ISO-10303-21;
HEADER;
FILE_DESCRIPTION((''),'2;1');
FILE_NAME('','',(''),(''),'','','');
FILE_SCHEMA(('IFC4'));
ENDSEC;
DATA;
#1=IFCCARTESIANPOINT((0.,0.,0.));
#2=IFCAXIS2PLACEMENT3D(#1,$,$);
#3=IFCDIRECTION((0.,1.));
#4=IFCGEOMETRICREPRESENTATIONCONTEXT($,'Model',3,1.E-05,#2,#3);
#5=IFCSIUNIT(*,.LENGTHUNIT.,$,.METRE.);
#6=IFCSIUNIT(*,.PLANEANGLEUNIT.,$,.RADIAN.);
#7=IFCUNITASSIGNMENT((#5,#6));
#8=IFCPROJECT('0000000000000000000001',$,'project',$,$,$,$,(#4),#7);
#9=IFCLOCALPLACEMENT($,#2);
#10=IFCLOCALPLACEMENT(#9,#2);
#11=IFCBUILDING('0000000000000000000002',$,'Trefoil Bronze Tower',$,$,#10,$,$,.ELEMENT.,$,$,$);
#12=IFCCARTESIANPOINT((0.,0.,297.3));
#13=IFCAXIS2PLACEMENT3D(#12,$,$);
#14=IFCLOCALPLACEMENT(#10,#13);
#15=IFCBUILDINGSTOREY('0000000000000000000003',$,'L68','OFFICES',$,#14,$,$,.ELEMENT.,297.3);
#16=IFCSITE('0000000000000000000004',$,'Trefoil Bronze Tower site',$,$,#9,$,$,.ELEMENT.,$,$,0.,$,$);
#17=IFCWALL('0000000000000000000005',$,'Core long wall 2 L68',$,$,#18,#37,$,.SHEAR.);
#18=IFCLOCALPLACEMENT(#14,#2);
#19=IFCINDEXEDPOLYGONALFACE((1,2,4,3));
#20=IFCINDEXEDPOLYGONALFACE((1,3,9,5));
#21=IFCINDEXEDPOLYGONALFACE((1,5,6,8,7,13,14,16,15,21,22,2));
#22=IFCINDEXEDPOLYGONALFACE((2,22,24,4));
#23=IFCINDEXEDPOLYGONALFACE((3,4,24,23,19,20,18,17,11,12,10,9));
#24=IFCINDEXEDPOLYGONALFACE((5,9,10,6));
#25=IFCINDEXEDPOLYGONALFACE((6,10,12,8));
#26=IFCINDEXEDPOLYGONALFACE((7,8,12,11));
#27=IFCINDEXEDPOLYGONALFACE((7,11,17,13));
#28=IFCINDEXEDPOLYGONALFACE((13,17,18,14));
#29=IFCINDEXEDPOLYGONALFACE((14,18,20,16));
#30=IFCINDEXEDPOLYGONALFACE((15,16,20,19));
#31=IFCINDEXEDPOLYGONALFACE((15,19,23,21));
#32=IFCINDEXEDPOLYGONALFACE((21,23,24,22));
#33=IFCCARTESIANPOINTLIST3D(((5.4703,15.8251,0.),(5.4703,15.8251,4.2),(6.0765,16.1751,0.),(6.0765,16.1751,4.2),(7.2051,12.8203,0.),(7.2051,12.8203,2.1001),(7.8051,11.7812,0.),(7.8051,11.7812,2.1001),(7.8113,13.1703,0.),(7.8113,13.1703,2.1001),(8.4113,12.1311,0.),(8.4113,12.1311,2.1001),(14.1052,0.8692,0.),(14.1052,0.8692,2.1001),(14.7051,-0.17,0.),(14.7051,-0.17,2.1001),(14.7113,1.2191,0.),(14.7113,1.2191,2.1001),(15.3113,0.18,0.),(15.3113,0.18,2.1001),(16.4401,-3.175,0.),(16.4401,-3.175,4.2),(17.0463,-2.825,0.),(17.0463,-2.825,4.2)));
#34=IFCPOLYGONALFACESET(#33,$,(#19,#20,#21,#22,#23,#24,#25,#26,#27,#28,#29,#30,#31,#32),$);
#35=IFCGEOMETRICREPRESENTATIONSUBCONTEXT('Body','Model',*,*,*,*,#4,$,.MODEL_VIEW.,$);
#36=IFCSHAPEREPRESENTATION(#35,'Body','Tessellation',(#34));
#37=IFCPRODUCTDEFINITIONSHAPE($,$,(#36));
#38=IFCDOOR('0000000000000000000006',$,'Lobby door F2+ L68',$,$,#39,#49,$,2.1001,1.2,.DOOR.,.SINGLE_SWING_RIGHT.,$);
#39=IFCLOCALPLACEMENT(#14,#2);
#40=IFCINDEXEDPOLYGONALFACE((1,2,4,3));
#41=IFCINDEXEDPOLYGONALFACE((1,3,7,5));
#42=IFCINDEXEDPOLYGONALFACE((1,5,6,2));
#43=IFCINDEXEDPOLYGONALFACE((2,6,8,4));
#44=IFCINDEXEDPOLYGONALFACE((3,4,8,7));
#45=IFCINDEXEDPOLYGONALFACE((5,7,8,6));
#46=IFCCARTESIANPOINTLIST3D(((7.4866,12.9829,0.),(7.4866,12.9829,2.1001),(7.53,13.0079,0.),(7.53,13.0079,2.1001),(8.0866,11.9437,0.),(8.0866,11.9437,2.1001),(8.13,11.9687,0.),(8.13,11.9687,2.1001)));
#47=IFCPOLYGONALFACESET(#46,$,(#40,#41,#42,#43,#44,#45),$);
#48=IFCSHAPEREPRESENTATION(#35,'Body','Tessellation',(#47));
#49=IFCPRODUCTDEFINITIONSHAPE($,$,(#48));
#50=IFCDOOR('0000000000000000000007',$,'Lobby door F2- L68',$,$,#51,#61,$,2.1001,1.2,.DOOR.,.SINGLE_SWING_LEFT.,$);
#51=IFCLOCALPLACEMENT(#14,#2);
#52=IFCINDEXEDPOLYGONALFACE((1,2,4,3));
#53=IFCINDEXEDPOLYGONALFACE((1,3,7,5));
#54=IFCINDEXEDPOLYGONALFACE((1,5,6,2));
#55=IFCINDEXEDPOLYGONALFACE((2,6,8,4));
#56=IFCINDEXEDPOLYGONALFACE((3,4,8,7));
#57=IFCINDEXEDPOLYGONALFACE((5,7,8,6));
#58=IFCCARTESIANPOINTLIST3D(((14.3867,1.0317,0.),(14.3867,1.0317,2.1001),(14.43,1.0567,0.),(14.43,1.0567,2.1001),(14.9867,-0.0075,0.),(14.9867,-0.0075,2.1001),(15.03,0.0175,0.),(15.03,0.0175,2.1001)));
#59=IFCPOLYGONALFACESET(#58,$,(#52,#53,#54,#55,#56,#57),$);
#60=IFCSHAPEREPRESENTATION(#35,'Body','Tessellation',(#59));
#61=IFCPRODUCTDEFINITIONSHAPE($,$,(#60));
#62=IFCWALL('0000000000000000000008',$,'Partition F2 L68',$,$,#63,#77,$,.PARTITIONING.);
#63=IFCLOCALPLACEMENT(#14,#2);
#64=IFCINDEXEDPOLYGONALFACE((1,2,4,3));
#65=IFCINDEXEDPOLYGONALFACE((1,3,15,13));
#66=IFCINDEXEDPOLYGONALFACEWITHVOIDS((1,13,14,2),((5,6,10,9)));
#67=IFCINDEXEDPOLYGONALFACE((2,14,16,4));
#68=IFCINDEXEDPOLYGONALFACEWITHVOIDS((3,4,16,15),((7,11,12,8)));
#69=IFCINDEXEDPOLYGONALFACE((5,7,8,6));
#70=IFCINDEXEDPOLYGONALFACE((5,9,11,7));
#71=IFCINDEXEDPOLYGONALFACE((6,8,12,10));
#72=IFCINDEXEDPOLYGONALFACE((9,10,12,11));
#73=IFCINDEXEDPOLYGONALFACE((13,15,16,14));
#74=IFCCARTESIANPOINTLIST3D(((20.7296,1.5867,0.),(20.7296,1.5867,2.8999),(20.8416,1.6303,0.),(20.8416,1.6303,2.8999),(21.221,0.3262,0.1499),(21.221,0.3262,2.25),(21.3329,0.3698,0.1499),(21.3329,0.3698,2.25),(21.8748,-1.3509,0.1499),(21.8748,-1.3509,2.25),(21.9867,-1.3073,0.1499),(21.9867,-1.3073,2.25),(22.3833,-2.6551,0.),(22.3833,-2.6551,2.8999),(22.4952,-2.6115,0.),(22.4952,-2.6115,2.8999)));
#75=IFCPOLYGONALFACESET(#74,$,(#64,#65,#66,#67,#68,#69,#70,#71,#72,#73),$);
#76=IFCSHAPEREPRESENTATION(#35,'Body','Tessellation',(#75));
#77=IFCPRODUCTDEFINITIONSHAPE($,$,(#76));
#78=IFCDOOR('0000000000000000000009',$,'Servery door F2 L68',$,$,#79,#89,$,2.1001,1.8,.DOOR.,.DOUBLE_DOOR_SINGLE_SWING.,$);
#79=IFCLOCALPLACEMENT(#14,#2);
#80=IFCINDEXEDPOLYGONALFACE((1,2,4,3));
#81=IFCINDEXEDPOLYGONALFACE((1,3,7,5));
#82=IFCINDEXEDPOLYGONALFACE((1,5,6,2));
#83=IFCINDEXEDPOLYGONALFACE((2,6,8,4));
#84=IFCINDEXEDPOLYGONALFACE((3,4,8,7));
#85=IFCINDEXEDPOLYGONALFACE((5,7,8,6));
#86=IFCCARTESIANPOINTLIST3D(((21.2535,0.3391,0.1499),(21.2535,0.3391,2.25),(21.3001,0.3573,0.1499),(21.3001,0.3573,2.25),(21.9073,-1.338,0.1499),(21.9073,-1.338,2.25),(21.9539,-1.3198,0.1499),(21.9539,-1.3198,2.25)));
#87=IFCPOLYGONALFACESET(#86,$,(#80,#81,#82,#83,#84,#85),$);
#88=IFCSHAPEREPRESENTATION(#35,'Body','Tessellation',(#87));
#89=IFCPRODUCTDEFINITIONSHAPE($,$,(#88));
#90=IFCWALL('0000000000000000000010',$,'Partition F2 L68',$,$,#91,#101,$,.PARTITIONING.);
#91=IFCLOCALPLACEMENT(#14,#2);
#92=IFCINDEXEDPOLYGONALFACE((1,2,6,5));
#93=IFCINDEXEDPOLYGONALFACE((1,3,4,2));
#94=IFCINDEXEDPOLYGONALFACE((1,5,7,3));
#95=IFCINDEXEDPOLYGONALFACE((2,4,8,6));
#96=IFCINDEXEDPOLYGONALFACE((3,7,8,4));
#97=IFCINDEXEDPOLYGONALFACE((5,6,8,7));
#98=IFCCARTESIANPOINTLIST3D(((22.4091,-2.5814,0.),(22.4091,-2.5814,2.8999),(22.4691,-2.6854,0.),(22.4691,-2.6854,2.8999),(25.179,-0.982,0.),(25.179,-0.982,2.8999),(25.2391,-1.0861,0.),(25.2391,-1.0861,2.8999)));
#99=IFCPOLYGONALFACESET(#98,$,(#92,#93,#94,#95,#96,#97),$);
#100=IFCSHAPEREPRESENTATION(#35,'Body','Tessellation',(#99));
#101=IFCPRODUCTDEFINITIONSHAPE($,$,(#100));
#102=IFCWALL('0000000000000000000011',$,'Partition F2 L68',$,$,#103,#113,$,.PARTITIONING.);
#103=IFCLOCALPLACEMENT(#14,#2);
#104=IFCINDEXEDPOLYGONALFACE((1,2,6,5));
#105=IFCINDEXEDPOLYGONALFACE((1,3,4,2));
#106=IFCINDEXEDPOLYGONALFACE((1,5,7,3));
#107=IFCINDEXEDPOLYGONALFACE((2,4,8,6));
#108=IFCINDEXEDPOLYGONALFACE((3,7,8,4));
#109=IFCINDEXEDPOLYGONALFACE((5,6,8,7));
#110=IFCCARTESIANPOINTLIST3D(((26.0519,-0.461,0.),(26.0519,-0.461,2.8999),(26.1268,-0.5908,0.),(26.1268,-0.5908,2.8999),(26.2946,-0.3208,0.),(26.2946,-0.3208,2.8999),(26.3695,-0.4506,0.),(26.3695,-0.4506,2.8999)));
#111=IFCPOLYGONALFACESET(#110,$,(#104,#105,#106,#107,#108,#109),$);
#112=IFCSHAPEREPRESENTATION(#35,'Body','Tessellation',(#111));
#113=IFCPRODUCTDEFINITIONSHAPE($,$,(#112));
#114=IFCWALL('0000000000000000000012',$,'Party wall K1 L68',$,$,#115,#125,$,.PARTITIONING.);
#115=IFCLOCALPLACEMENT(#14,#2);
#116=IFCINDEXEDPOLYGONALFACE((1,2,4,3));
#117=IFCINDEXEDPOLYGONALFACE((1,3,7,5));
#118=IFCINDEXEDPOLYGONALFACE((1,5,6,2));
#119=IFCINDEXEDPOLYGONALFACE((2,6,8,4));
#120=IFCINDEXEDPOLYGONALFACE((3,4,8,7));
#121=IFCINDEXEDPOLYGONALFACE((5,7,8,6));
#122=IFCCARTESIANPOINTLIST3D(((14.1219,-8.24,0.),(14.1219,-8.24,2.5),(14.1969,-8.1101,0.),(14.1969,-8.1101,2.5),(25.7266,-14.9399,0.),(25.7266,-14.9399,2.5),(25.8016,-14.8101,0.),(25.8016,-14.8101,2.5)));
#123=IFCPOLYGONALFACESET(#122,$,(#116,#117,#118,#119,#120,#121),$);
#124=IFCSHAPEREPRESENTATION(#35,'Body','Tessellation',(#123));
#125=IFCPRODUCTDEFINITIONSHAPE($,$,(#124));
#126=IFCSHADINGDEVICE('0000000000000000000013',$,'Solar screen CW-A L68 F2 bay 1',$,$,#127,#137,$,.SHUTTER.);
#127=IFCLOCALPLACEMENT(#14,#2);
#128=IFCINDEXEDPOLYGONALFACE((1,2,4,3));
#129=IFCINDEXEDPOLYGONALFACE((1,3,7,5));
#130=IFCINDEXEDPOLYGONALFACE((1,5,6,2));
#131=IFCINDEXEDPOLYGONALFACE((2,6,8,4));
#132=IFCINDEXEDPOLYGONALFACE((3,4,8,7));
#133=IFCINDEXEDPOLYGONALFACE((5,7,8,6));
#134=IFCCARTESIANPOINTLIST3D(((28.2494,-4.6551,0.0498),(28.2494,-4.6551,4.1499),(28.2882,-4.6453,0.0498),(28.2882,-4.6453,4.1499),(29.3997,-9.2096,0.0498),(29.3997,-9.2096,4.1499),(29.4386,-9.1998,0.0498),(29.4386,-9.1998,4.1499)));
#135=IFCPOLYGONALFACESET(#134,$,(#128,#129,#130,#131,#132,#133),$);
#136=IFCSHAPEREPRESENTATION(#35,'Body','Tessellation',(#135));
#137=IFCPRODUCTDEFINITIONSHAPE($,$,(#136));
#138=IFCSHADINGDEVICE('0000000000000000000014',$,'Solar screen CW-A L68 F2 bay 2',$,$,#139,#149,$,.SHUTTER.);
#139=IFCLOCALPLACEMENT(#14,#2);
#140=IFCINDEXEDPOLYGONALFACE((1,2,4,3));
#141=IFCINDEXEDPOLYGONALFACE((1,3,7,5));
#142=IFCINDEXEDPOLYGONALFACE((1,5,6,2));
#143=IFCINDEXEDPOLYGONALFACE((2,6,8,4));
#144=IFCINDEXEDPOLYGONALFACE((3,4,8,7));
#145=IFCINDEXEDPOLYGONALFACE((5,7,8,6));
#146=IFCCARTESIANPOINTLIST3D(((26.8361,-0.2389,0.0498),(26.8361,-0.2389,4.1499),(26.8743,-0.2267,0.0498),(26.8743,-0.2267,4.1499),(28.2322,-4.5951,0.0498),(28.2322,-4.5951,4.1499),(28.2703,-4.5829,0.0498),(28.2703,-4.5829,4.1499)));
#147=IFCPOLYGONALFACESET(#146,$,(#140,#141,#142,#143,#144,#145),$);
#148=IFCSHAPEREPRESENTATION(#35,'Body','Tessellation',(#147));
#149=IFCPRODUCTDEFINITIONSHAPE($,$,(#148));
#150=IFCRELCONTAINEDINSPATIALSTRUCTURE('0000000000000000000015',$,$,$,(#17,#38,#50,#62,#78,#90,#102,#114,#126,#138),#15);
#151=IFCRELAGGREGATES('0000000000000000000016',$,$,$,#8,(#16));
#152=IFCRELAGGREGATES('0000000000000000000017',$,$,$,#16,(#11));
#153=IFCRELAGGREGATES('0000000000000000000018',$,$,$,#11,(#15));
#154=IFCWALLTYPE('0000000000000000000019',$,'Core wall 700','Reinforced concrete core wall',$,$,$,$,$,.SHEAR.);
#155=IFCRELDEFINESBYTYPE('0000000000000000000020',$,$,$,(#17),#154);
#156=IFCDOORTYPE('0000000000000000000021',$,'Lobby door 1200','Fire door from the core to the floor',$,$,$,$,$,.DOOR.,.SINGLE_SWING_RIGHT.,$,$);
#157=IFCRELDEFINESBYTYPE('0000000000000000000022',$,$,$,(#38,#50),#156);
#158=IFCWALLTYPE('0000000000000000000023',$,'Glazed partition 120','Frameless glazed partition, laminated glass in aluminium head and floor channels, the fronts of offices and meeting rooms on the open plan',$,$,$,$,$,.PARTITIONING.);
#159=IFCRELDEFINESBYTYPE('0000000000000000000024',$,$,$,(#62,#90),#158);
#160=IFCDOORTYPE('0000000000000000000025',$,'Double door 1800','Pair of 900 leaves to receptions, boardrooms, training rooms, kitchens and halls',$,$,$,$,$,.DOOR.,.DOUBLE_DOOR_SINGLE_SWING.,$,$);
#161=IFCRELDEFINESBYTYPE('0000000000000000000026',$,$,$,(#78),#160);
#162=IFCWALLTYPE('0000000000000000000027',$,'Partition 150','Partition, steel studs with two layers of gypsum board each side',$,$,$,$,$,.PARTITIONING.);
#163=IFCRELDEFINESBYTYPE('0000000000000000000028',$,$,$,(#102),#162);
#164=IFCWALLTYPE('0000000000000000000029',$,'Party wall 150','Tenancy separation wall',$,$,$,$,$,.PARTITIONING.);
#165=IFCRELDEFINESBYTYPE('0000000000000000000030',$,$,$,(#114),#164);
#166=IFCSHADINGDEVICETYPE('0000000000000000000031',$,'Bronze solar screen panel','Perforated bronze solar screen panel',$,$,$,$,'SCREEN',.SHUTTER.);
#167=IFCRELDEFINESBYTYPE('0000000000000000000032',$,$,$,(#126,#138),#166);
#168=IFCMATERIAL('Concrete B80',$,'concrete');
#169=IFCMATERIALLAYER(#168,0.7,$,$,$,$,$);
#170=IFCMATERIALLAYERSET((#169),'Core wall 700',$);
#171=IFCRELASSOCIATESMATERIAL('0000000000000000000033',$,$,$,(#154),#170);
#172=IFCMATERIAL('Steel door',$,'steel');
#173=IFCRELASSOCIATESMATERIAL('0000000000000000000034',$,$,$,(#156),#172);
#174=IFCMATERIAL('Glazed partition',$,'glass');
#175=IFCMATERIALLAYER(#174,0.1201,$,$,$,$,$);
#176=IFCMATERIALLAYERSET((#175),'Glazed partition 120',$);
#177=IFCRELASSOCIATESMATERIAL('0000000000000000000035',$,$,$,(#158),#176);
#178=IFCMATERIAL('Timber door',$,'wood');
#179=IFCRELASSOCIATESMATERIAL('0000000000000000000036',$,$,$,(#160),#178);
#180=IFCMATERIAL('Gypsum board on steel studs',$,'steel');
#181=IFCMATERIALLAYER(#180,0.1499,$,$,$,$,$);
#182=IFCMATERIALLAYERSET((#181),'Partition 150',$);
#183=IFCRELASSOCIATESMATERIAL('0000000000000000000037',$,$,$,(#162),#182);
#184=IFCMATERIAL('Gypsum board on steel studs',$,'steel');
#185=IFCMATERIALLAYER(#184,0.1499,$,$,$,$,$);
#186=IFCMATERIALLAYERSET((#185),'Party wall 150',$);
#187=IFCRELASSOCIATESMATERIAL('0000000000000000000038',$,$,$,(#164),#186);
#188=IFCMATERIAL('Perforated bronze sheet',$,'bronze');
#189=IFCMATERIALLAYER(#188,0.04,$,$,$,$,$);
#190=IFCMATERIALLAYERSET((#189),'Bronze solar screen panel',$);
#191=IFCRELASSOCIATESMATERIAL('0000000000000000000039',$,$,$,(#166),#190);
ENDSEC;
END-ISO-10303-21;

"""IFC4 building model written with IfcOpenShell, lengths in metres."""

from ifc_helpers import new_model, si_unit, direction, frame, frame_2d, origin, origin_2d, place, context, subcontext, project, spatial, rectangle, extrude, material, layer, layer_set, type_object, element, fill, save


model = new_model("IFC4")

# Units and contexts
model_context = context("Model", 3, precision=1e-05, world=origin(), true_north=direction((0.0, 1.0)))
body_context = subcontext(model_context, "Body", "Model", "MODEL_VIEW")
ifc_project = project(units=[si_unit("LENGTHUNIT", "METRE"), si_unit("PLANEANGLEUNIT", "RADIAN")], contexts=[model_context])

# Site, building, storey
site_placement = place(None, origin())
site = spatial("IfcSite", under=ifc_project, at=site_placement, Name="Trefoil Bronze Tower site", CompositionType="ELEMENT", RefElevation=0.0)
building_placement = place(site_placement, origin())
building = spatial("IfcBuilding", under=site, at=building_placement, Name="Trefoil Bronze Tower", CompositionType="ELEMENT")
storey_placement = place(building_placement, frame((0.0, 0.0, 297.3)))
storey = spatial("IfcBuildingStorey", under=building, at=storey_placement, Name="L68", Description="OFFICES", CompositionType="ELEMENT", Elevation=297.3)

# Wall, openings, doors
ifc_material_1 = material(Name="Concrete B80", Category="concrete")
ifc_layer_1 = layer(ifc_material_1, 0.7)
ifc_layer_set_1 = layer_set([ifc_layer_1], Name="Core wall 700")
wall_type_1 = type_object("IfcWallType", Name="Core wall 700", Description="Reinforced concrete core wall", PredefinedType="SHEAR", material=ifc_layer_set_1)
wall_1_placement = place(storey_placement, frame((16.7432, -3.0, 0.0), z_axis=(0.0, 0.0, 1.0), x_axis=(-0.500002, 0.866024, 0.0)))
wall_1 = element("IfcWall", 1, at=wall_1_placement, inside=storey, type_object=wall_type_1, Name="Core long wall 2 L68", PredefinedType="SHEAR", context=body_context, shape_type="SweptSolid", body=[
    extrude(rectangle(XDim=21.9395, YDim=0.7, at=frame_2d((10.9697, 0.0))), origin(), (0.0, 0.0, 1.0), 4.2),
])
opening_1_placement = place(wall_1_placement, frame((17.2698, 0.0, 0.0)))
opening_1 = element("IfcOpeningElement", 2, at=opening_1_placement, cuts=wall_1, PredefinedType="OPENING", context=body_context, shape_type="SweptSolid", body=[
    extrude(rectangle(XDim=1.2, YDim=2.1001, at=frame_2d((0.6001, 1.05))), frame((0.0, 0.3599, 0.0), z_axis=(0.0, -1.0, 0.0), x_axis=(1.0, 0.0, 0.0)), (0.0, 0.0, 1.0), 0.72),
])
opening_2_placement = place(wall_1_placement, frame((3.4697, 0.0, 0.0)))
opening_2 = element("IfcOpeningElement", 3, at=opening_2_placement, cuts=wall_1, PredefinedType="OPENING", context=body_context, shape_type="SweptSolid", body=[
    extrude(rectangle(XDim=1.2, YDim=2.1001, at=frame_2d((0.6001, 1.05))), frame((0.0, 0.3599, 0.0), z_axis=(0.0, -1.0, 0.0), x_axis=(1.0, 0.0, 0.0)), (0.0, 0.0, 1.0), 0.72),
])
ifc_material_2 = material(Name="Steel door", Category="steel")
door_type_1 = type_object("IfcDoorType", Name="Lobby door 1200", Description="Fire door from the core to the floor", OperationType="SINGLE_SWING_RIGHT", PredefinedType="DOOR", material=ifc_material_2)
door_1_placement = place(opening_1_placement, origin())
door_1 = element("IfcDoor", 4, at=door_1_placement, inside=storey, type_object=door_type_1, Name="Lobby door F2+ L68", OperationType="SINGLE_SWING_RIGHT", OverallHeight=2.1001, OverallWidth=1.2, PredefinedType="DOOR", context=body_context, shape_type="SweptSolid", body=[
    extrude(rectangle(XDim=1.2, YDim=2.1001, at=frame_2d((0.6001, 1.05))), frame((0.0, 0.0249, 0.0), z_axis=(0.0, -1.0, 0.0), x_axis=(1.0, 0.0, 0.0)), (0.0, 0.0, 1.0), 0.05),
])
fill(opening_1, door_1)
door_2_placement = place(opening_2_placement, origin())
door_2 = element("IfcDoor", 5, at=door_2_placement, inside=storey, type_object=door_type_1, Name="Lobby door F2- L68", OperationType="SINGLE_SWING_LEFT", OverallHeight=2.1001, OverallWidth=1.2, PredefinedType="DOOR", context=body_context, shape_type="SweptSolid", body=[
    extrude(rectangle(XDim=1.2, YDim=2.1001, at=frame_2d((0.6001, 1.05))), frame((0.0, 0.0249, 0.0), z_axis=(0.0, -1.0, 0.0), x_axis=(1.0, 0.0, 0.0)), (0.0, 0.0, 1.0), 0.05),
])
fill(opening_2, door_2)

# Wall, opening, door
ifc_material_3 = material(Name="Glazed partition", Category="glass")
ifc_layer_2 = layer(ifc_material_3, 0.1201)
ifc_layer_set_2 = layer_set([ifc_layer_2], Name="Glazed partition 120")
wall_type_2 = type_object("IfcWallType", Name="Glazed partition 120", Description="Frameless glazed partition, laminated glass in aluminium head and floor channels, the fronts of offices and meeting rooms on the open plan", PredefinedType="PARTITIONING", material=ifc_layer_set_2)
wall_2_placement = place(storey_placement, frame((22.4392, -2.6333, 0.0), z_axis=(0.0, 0.0, 1.0), x_axis=(-0.363212, 0.931706, 0.0)))
wall_2 = element("IfcWall", 6, at=wall_2_placement, inside=storey, type_object=wall_type_2, Name="Partition F2 L68", PredefinedType="PARTITIONING", context=body_context, shape_type="SweptSolid", body=[
    extrude(rectangle(XDim=4.5527, YDim=0.1201, at=frame_2d((2.2764, 0.0))), origin(), (0.0, 0.0, 1.0), 2.8999),
])
opening_3_placement = place(wall_2_placement, frame((1.3999, 0.0, 0.1499)))
opening_3 = element("IfcOpeningElement", 7, at=opening_3_placement, cuts=wall_2, PredefinedType="OPENING", context=body_context, shape_type="SweptSolid", body=[
    extrude(rectangle(XDim=1.8, YDim=2.1001, at=frame_2d((0.8999, 1.05))), frame((0.0, 0.0701, 0.0), z_axis=(0.0, -1.0, 0.0), x_axis=(1.0, 0.0, 0.0)), (0.0, 0.0, 1.0), 0.1401),
])
ifc_material_4 = material(Name="Timber door", Category="wood")
door_type_2 = type_object("IfcDoorType", Name="Double door 1800", Description="Pair of 900 leaves to receptions, boardrooms, training rooms, kitchens and halls", OperationType="DOUBLE_DOOR_SINGLE_SWING", PredefinedType="DOOR", material=ifc_material_4)
door_3_placement = place(opening_3_placement, frame((1.8, 0.0, 0.0), z_axis=(0.0, 0.0, 1.0), x_axis=(-1.0, 0.0, 0.0)))
door_3 = element("IfcDoor", 8, at=door_3_placement, inside=storey, type_object=door_type_2, Name="Servery door F2 L68", OperationType="DOUBLE_DOOR_SINGLE_SWING", OverallHeight=2.1001, OverallWidth=1.8, PredefinedType="DOOR", context=body_context, shape_type="SweptSolid", body=[
    extrude(rectangle(XDim=1.8, YDim=2.1001, at=frame_2d((0.8999, 1.05))), frame((0.0, 0.0249, 0.0), z_axis=(0.0, -1.0, 0.0), x_axis=(1.0, 0.0, 0.0)), (0.0, 0.0, 1.0), 0.05),
])
fill(opening_3, door_3)

# Walls
wall_3_placement = place(storey_placement, frame((22.4392, -2.6333, 0.0), z_axis=(0.0, 0.0, 1.0), x_axis=(0.866013, 0.500022, 0.0)))
element("IfcWall", 9, at=wall_3_placement, inside=storey, type_object=wall_type_2, Name="Partition F2 L68", PredefinedType="PARTITIONING", context=body_context, shape_type="SweptSolid", body=[
    extrude(rectangle(XDim=3.1985, YDim=0.1201, at=frame_2d((1.5991, 0.0))), origin(), (0.0, 0.0, 1.0), 2.8999),
])
ifc_material_5 = material(Name="Gypsum board on steel studs", Category="steel")
ifc_layer_3 = layer(ifc_material_5, 0.1499)
ifc_layer_set_3 = layer_set([ifc_layer_3], Name="Partition 150")
wall_type_3 = type_object("IfcWallType", Name="Partition 150", Description="Partition, steel studs with two layers of gypsum board each side", PredefinedType="PARTITIONING", material=ifc_layer_set_3)
wall_4_placement = place(storey_placement, frame((26.0894, -0.5259, 0.0), z_axis=(0.0, 0.0, 1.0), x_axis=(0.865982, 0.500074, 0.0)))
element("IfcWall", 10, at=wall_4_placement, inside=storey, type_object=wall_type_3, Name="Partition F2 L68", PredefinedType="PARTITIONING", context=body_context, shape_type="SweptSolid", body=[
    extrude(rectangle(XDim=0.2803, YDim=0.1499, at=frame_2d((0.1401, 0.0))), origin(), (0.0, 0.0, 1.0), 2.8999),
])
ifc_material_6 = material(Name="Gypsum board on steel studs", Category="steel")
ifc_layer_4 = layer(ifc_material_6, 0.1499)
ifc_layer_set_4 = layer_set([ifc_layer_4], Name="Party wall 150")
wall_type_4 = type_object("IfcWallType", Name="Party wall 150", Description="Tenancy separation wall", PredefinedType="PARTITIONING", material=ifc_layer_set_4)
wall_5_placement = place(storey_placement, frame((14.1594, -8.175, 0.0), z_axis=(0.0, 0.0, 1.0), x_axis=(0.866027, -0.499997, 0.0)))
element("IfcWall", 11, at=wall_5_placement, inside=storey, type_object=wall_type_4, Name="Party wall K1 L68", PredefinedType="PARTITIONING", context=body_context, shape_type="SweptSolid", body=[
    extrude(rectangle(XDim=13.3999, YDim=0.1499, at=frame_2d((6.7, 0.0))), origin(), (0.0, 0.0, 1.0), 2.5),
])

# Shading devices
ifc_material_7 = material(Name="Perforated bronze sheet", Category="bronze")
ifc_layer_5 = layer(ifc_material_7, 0.04)
ifc_layer_set_5 = layer_set([ifc_layer_5], Name="Bronze solar screen panel")
shading_device_type = type_object("IfcShadingDeviceType", Name="Bronze solar screen panel", Description="Perforated bronze solar screen panel", ElementType="SCREEN", PredefinedType="SHUTTER", material=ifc_layer_set_5)
shading_device_1_placement = place(storey_placement, frame((28.844, -6.9275, 0.0498), z_axis=(0.0, 0.0, 1.0), x_axis=(-0.24488, 0.969554, 0.0)))
element("IfcShadingDevice", 12, at=shading_device_1_placement, inside=storey, type_object=shading_device_type, Name="Solar screen CW-A L68 F2 bay 1", PredefinedType="SHUTTER", context=body_context, shape_type="SweptSolid", body=[
    extrude(rectangle(XDim=4.6975, YDim=0.04, at=origin_2d()), origin(), (0.0, 0.0, 1.0), 4.1001),
])
shading_device_2_placement = place(storey_placement, frame((27.5532, -2.4109, 0.0498), z_axis=(0.0, 0.0, 1.0), x_axis=(-0.305188, 0.952292, 0.0)))
element("IfcShadingDevice", 13, at=shading_device_2_placement, inside=storey, type_object=shading_device_type, Name="Solar screen CW-A L68 F2 bay 2", PredefinedType="SHUTTER", context=body_context, shape_type="SweptSolid", body=[
    extrude(rectangle(XDim=4.5745, YDim=0.04, at=origin_2d()), origin(), (0.0, 0.0, 1.0), 4.1001),
])

save(model, "model.ifc")
